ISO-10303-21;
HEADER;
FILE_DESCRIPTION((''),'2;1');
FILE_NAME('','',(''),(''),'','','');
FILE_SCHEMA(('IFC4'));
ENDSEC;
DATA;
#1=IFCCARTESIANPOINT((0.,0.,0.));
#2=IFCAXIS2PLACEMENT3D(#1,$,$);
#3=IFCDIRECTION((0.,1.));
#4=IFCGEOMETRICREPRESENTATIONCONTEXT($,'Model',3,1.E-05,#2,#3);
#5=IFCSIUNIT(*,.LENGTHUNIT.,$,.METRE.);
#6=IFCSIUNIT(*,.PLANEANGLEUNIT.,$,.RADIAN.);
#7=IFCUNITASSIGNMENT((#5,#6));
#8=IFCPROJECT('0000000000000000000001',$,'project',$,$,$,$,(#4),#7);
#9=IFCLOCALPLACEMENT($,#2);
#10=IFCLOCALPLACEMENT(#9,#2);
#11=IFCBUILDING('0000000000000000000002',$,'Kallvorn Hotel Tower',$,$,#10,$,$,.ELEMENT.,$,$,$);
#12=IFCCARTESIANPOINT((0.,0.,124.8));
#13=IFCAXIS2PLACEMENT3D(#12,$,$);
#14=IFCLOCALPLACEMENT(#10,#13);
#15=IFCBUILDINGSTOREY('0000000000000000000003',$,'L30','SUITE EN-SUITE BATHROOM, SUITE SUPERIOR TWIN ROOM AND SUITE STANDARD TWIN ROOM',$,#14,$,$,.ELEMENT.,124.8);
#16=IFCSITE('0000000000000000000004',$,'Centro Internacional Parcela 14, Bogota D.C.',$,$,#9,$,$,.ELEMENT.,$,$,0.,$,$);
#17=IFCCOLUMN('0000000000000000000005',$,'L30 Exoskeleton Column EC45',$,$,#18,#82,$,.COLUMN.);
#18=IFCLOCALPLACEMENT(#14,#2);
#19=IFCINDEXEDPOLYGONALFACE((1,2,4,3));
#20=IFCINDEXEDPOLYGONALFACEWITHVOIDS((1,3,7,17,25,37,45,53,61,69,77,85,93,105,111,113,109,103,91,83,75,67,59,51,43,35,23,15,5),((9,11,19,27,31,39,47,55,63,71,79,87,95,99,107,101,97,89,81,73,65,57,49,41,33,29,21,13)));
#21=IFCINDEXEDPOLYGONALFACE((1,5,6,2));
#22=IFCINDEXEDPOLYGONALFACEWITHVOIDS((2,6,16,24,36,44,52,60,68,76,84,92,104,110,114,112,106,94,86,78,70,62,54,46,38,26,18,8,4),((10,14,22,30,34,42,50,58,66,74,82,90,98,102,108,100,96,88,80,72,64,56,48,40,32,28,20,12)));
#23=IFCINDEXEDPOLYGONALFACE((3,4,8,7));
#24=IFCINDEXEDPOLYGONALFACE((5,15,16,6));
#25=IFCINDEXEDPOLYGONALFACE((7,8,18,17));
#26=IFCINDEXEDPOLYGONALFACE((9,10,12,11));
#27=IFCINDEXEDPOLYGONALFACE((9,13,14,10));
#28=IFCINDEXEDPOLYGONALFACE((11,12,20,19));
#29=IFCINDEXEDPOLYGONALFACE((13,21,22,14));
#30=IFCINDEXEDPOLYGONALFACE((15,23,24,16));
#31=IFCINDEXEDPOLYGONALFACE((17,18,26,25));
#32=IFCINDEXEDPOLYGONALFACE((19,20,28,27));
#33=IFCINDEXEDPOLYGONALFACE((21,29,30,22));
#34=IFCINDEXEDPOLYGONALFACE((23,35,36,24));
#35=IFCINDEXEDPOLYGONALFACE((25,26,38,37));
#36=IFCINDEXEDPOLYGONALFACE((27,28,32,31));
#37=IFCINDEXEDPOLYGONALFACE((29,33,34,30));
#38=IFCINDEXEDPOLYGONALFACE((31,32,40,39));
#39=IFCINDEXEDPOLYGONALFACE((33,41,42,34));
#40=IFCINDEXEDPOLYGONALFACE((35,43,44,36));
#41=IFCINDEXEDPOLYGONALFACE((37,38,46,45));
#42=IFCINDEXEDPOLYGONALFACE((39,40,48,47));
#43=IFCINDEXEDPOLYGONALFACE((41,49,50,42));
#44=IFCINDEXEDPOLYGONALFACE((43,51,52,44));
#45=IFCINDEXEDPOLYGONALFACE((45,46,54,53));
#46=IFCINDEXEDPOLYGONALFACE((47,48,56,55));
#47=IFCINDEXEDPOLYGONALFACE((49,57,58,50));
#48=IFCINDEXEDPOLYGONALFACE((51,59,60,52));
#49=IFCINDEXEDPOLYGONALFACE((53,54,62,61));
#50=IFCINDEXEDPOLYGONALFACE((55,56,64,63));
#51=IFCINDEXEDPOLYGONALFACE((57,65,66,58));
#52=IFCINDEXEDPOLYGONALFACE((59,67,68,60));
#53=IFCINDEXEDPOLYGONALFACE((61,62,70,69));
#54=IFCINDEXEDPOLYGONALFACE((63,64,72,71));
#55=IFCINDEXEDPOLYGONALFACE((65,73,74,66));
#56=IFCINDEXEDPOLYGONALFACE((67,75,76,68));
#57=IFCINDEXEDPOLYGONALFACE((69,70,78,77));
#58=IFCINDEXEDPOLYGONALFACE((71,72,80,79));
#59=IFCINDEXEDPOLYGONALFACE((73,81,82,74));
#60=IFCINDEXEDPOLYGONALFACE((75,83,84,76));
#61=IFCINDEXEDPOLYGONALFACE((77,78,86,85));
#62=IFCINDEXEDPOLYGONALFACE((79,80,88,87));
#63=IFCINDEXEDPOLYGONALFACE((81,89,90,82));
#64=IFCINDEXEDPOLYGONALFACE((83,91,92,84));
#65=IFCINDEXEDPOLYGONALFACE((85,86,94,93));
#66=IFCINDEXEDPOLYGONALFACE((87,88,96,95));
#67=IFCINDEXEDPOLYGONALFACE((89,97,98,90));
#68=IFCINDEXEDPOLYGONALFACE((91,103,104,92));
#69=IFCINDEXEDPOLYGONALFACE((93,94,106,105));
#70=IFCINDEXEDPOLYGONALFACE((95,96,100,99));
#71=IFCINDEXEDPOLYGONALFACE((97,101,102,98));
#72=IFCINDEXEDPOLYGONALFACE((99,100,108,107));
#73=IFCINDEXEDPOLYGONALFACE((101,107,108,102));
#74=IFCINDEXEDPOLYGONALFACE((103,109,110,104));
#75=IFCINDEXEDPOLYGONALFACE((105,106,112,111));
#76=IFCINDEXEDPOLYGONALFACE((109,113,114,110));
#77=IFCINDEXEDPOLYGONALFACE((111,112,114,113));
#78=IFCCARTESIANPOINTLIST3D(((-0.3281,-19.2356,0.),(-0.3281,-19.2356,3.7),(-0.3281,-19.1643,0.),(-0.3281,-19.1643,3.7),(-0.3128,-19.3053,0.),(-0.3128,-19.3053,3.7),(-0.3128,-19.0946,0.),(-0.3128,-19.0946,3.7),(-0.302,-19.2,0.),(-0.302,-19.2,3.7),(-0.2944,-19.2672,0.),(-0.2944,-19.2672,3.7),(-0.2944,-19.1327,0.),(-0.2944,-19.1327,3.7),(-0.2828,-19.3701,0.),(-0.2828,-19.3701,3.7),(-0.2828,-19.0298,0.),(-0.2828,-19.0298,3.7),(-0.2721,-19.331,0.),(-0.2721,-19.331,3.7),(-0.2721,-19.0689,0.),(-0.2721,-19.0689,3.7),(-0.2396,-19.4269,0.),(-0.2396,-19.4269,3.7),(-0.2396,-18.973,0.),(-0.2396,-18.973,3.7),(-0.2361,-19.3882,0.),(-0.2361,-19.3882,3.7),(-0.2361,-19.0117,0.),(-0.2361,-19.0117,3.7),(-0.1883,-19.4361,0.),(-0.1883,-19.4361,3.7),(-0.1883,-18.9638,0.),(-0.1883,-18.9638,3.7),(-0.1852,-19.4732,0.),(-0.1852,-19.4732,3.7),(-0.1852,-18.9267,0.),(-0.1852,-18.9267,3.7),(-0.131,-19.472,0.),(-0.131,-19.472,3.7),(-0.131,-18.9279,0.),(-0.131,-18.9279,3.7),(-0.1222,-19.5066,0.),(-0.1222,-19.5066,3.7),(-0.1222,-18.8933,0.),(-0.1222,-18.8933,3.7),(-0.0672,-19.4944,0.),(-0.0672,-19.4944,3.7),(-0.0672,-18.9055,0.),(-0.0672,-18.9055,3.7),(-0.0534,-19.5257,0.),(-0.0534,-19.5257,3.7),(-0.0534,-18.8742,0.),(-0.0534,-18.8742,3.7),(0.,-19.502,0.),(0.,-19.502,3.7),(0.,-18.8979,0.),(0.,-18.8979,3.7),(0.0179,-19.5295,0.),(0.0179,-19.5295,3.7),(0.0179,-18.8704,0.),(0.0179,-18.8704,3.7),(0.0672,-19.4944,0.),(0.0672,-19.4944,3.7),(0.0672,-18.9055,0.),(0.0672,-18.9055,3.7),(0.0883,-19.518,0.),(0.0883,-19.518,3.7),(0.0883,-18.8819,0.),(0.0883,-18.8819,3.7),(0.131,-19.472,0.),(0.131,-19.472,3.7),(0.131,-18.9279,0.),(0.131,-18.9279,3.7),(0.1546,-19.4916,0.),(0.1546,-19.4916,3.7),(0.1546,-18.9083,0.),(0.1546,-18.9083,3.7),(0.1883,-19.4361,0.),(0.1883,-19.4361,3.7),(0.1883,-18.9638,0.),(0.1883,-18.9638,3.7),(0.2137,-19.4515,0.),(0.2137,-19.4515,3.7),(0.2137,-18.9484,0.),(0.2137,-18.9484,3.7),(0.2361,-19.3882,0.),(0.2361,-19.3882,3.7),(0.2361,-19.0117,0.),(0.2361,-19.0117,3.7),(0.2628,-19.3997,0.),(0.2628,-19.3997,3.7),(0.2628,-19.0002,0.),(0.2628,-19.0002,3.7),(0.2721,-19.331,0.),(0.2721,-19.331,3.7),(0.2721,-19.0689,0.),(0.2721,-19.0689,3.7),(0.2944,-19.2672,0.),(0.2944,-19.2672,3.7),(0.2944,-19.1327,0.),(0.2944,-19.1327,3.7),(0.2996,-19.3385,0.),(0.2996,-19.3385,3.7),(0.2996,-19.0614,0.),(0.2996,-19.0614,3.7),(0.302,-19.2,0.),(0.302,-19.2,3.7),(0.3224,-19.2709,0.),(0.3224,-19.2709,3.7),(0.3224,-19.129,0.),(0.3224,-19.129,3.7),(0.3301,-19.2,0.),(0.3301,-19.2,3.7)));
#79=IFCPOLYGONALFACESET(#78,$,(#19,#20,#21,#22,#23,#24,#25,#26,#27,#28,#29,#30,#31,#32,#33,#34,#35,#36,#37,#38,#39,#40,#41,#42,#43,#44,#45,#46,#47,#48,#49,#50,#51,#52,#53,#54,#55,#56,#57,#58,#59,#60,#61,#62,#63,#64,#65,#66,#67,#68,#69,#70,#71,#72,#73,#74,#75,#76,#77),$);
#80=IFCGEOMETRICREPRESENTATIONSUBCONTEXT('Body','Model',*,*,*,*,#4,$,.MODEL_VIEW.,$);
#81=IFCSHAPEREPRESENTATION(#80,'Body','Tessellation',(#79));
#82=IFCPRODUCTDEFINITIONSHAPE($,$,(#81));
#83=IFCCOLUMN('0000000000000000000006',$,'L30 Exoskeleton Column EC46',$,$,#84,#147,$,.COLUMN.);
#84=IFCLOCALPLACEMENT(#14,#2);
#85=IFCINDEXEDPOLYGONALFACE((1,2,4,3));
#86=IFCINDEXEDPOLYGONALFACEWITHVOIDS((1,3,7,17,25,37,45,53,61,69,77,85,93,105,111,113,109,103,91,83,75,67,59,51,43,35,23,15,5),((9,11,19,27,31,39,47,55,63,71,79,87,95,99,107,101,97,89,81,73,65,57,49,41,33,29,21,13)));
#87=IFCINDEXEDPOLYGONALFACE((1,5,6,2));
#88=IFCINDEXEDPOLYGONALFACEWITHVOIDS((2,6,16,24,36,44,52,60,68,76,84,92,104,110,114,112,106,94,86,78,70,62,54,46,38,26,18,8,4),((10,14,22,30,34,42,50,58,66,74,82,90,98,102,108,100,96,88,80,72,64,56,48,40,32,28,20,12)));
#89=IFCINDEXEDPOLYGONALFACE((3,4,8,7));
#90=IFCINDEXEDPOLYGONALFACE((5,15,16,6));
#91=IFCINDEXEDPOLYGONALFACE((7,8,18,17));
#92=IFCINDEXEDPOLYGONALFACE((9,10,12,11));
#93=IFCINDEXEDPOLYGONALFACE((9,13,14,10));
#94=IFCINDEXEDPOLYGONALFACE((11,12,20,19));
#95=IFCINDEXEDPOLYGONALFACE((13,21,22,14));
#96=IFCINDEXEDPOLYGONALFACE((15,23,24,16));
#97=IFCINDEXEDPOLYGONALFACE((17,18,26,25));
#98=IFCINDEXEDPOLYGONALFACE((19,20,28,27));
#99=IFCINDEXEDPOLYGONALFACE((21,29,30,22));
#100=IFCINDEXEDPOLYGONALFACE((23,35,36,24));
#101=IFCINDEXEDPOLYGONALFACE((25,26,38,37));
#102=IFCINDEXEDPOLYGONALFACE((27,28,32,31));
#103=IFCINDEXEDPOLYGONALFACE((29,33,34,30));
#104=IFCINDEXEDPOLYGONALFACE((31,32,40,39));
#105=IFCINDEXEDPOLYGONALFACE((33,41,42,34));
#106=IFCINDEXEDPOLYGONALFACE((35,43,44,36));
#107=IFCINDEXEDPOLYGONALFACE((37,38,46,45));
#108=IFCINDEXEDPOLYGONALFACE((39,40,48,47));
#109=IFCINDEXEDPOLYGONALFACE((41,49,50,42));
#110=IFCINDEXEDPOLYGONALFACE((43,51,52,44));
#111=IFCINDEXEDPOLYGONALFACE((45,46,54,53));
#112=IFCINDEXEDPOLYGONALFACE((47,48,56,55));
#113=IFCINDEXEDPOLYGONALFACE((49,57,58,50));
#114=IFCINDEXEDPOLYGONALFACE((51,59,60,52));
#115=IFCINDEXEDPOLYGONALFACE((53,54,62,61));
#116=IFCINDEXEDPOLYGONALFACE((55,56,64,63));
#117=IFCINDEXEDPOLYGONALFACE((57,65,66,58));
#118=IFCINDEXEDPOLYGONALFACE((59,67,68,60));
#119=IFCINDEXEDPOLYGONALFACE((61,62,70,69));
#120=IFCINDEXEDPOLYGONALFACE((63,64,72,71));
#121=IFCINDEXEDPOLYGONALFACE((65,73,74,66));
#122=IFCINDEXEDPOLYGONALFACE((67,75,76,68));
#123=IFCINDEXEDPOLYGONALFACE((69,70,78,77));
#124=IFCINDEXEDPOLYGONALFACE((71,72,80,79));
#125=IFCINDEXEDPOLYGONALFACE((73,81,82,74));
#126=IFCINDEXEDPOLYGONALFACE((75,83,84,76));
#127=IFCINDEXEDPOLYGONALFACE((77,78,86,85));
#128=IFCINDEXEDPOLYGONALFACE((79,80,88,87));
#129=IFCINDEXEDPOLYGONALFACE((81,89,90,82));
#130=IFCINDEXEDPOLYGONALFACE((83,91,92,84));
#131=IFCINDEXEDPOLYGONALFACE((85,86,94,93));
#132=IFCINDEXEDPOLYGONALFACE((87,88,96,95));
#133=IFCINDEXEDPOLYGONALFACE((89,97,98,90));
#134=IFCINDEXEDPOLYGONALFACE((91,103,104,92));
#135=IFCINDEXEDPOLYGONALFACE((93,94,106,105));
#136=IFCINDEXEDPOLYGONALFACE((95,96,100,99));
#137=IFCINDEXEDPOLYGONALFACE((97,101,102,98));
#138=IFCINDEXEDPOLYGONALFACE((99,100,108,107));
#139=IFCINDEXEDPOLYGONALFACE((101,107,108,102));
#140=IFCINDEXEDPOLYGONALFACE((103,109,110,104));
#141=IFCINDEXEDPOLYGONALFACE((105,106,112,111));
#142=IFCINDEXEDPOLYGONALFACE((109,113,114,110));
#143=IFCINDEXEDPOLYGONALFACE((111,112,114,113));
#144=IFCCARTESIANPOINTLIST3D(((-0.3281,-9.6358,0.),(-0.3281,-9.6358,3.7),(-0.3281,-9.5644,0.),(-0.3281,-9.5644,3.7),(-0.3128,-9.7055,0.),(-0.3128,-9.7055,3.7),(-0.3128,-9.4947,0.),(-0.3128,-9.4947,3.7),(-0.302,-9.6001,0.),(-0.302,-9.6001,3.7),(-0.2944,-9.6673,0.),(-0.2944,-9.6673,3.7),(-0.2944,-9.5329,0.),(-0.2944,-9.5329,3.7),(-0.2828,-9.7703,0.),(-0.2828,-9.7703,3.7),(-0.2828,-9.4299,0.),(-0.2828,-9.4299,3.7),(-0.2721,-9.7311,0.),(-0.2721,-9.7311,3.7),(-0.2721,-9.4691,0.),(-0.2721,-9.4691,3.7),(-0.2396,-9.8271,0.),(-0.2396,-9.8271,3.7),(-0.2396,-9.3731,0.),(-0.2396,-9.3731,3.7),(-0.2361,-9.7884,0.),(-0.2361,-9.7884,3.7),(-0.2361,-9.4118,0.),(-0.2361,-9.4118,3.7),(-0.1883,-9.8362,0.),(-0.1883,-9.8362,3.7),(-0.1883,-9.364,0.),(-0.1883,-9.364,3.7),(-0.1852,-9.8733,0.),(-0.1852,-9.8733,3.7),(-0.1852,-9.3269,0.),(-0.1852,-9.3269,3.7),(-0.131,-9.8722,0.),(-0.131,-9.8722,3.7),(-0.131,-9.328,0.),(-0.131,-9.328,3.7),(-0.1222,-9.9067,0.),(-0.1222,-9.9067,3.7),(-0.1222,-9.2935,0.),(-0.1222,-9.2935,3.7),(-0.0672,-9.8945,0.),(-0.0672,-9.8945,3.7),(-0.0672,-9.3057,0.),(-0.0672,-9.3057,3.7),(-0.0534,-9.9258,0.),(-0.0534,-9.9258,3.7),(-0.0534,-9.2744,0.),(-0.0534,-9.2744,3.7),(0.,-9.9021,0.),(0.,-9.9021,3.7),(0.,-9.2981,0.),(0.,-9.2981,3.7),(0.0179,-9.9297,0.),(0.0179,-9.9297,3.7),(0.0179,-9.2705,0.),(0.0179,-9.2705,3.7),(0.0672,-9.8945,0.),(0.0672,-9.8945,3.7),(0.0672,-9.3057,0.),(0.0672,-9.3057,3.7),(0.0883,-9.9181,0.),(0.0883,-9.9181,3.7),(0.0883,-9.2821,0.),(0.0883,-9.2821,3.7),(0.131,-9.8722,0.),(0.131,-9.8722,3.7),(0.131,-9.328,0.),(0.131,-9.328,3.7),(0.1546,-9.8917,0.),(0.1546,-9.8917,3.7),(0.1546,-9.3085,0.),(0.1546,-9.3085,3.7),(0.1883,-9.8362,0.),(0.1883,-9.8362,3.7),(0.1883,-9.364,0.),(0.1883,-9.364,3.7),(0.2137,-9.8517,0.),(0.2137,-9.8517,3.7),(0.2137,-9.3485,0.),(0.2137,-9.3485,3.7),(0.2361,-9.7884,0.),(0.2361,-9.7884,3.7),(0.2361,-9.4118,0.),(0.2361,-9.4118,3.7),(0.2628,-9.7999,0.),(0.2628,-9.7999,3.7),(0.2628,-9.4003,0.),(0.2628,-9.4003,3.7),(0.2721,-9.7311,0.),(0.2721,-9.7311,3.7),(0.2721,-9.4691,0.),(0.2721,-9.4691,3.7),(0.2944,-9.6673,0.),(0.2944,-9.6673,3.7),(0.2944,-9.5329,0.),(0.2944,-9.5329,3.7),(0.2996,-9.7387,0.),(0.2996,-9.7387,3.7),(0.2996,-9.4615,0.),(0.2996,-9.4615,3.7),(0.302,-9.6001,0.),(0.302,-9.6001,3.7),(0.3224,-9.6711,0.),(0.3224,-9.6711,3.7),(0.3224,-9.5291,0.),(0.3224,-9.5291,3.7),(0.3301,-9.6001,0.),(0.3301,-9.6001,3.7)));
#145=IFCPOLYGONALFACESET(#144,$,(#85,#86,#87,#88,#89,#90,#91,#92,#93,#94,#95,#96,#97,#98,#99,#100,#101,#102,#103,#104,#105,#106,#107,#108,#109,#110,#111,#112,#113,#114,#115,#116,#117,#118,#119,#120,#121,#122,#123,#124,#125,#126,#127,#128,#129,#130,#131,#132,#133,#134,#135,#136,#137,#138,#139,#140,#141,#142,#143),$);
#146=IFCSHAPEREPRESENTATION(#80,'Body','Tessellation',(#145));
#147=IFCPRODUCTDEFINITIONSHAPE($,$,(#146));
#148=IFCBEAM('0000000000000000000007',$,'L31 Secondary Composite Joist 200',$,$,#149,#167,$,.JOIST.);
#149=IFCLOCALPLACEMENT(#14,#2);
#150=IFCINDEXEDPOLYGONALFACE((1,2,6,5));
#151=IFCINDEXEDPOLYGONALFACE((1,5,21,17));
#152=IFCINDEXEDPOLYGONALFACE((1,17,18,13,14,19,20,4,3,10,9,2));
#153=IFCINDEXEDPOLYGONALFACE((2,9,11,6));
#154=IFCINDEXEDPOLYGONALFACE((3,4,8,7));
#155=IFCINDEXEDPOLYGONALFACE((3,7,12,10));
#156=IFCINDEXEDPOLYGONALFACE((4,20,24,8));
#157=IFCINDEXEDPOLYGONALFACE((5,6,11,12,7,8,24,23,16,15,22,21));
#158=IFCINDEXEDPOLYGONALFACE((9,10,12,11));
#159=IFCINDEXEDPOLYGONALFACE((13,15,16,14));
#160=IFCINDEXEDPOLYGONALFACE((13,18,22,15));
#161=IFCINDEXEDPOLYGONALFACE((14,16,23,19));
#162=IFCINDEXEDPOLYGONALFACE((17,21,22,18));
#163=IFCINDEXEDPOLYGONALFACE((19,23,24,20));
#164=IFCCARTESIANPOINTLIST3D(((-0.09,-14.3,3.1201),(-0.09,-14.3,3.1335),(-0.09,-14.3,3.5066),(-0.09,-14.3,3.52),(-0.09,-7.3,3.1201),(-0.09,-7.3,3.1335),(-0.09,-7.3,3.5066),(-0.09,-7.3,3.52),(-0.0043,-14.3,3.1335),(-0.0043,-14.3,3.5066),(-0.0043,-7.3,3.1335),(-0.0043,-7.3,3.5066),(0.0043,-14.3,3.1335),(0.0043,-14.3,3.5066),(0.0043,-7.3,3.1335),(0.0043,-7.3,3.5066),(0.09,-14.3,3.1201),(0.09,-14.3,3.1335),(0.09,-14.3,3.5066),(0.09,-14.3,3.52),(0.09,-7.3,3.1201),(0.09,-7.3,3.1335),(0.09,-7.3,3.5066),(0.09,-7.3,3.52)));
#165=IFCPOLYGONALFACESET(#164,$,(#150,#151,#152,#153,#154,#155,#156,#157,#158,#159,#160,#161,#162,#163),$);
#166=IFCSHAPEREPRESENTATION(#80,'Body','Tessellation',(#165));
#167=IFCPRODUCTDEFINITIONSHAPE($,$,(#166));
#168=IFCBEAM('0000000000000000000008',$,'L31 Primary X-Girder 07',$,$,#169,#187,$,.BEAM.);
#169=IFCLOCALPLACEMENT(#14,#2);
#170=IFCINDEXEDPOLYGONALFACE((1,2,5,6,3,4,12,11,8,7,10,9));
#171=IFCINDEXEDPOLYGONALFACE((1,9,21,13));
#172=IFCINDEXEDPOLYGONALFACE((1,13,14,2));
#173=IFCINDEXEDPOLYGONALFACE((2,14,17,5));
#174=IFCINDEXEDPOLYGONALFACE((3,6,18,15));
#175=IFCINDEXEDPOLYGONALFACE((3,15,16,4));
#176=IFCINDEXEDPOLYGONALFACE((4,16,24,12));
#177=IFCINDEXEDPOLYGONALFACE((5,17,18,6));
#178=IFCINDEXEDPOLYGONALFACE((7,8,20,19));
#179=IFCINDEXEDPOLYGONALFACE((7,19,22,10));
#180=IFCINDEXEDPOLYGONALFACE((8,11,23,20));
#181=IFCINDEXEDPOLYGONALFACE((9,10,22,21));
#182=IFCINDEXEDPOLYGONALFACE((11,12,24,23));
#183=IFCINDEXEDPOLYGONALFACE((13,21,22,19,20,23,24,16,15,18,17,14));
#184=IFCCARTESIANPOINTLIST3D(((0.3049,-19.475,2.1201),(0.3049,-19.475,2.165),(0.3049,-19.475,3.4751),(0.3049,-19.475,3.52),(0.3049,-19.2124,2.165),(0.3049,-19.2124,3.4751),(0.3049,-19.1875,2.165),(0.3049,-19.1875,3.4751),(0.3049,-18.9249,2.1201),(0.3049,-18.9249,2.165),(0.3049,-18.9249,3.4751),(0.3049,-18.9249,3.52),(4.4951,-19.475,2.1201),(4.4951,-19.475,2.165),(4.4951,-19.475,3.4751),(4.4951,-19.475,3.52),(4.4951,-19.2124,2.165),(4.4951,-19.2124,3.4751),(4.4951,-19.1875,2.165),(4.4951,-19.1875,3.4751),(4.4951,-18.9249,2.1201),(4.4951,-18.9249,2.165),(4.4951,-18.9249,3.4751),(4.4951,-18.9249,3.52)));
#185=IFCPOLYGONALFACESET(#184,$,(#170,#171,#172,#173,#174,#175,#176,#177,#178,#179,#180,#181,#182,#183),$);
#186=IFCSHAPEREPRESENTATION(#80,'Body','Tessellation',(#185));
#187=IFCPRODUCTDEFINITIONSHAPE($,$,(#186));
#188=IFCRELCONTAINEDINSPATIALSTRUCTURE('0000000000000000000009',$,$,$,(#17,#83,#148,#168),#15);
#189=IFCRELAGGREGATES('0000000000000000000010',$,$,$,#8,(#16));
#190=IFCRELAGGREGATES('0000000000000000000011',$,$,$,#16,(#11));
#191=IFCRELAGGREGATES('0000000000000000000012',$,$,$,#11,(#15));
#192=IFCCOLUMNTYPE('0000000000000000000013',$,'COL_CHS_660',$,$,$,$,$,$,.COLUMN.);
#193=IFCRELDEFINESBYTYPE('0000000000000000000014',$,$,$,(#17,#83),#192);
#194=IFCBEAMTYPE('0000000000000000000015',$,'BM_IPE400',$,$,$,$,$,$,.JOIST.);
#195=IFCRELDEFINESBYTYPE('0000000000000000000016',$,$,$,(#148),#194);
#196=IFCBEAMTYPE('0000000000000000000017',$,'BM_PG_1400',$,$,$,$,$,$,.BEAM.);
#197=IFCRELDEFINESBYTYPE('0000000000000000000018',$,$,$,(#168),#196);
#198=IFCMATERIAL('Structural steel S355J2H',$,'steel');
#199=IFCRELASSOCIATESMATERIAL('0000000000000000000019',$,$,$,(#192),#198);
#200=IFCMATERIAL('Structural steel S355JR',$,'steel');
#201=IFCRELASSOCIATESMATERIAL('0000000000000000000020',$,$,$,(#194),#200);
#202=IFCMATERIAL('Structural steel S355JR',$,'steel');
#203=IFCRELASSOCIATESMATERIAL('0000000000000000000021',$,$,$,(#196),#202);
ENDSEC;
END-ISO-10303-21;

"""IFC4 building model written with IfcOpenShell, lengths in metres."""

from ifc_helpers import new_model, si_unit, direction, frame, origin, origin_2d, place, context, subcontext, project, spatial, hollow_circle, i_section, extrude, material, material_profile, profile_set, type_object, element, save


model = new_model("IFC4")

# Units and contexts
model_context = context("Model", 3, precision=1e-05, world=origin(), true_north=direction((0.0, 1.0)))
body_context = subcontext(model_context, "Body", "Model", "MODEL_VIEW")
ifc_project = project(units=[si_unit("LENGTHUNIT", "METRE"), si_unit("PLANEANGLEUNIT", "RADIAN")], contexts=[model_context])

# Site, building, storey
site_placement = place(None, origin())
site = spatial("IfcSite", under=ifc_project, at=site_placement, Name="Centro Internacional Parcela 14, Bogota D.C.", CompositionType="ELEMENT", RefElevation=0.0)
building_placement = place(site_placement, origin())
building = spatial("IfcBuilding", under=site, at=building_placement, Name="Kallvorn Hotel Tower", CompositionType="ELEMENT")
storey_placement = place(building_placement, frame((0.0, 0.0, 124.8)))
storey = spatial("IfcBuildingStorey", under=building, at=storey_placement, Name="L30", Description="SUITE EN-SUITE BATHROOM, SUITE SUPERIOR TWIN ROOM AND SUITE STANDARD TWIN ROOM", CompositionType="ELEMENT", Elevation=124.8)

# Columns
ifc_material_1 = material(Name="Structural steel S355J2H", Category="steel")
ifc_material_profile_1 = material_profile(ifc_material_1, hollow_circle(Radius=0.3301, WallThickness=0.0281, at=origin_2d()), Name="CHS 660x28")
ifc_profile_set_1 = profile_set([ifc_material_profile_1], Name="Structural steel S355J2H")
column_type = type_object("IfcColumnType", Name="COL_CHS_660", PredefinedType="COLUMN", material=ifc_profile_set_1)
for number, where, z_axis, x_axis, name in (
    (1, (0.0, -19.2, 0.0), (0.0, 0.0, 1.0), (1.0, 0.0, 0.0), "L30 Exoskeleton Column EC45"),
    (2, (0.0, -9.6001, 0.0), (0.0, 0.0, 1.0), (1.0, 0.0, 0.0), "L30 Exoskeleton Column EC46"),
):
    element("IfcColumn", number, at=place(storey_placement, frame(where, z_axis=z_axis, x_axis=x_axis)), inside=storey, type_object=column_type, Name=name, PredefinedType="COLUMN", context=body_context, shape_type="SweptSolid", body=[
        extrude(hollow_circle(Radius=0.3301, WallThickness=0.0281, at=origin_2d()), origin(), (0.0, 0.0, 1.0), 3.7),
    ])

# Beams
ifc_material_2 = material(Name="Structural steel S355JR", Category="steel")
ifc_material_profile_2 = material_profile(ifc_material_2, i_section(OverallWidth=0.1799, OverallDepth=0.3999, WebThickness=0.0085, FlangeThickness=0.0134, at=origin_2d()), Name="IPE 400")
ifc_profile_set_2 = profile_set([ifc_material_profile_2], Name="Structural steel S355JR")
beam_type_1 = type_object("IfcBeamType", Name="BM_IPE400", PredefinedType="JOIST", material=ifc_profile_set_2)
beam_1_placement = place(storey_placement, frame((0.0, -14.3, 3.3201), z_axis=(0.0, 1.0, 0.0), x_axis=(-1.0, 0.0, 0.0)))
element("IfcBeam", 3, at=beam_1_placement, inside=storey, type_object=beam_type_1, Name="L31 Secondary Composite Joist 200", PredefinedType="JOIST", context=body_context, shape_type="SweptSolid", body=[
    extrude(i_section(OverallWidth=0.1799, OverallDepth=0.3999, WebThickness=0.0085, FlangeThickness=0.0134, at=origin_2d()), origin(), (0.0, 0.0, 1.0), 7.0),
])
ifc_material_3 = material(Name="Structural steel S355JR", Category="steel")
ifc_material_profile_3 = material_profile(ifc_material_3, i_section(OverallWidth=0.55, OverallDepth=1.3999, WebThickness=0.0249, FlangeThickness=0.0449, at=origin_2d()), Name="PG 1400x550x25x45")
ifc_profile_set_3 = profile_set([ifc_material_profile_3], Name="Structural steel S355JR")
beam_type_2 = type_object("IfcBeamType", Name="BM_PG_1400", PredefinedType="BEAM", material=ifc_profile_set_3)
beam_2_placement = place(storey_placement, frame((0.3049, -19.2, 2.8201), z_axis=(1.0, 0.0, 0.0), x_axis=(0.0, 1.0, 0.0)))
element("IfcBeam", 4, at=beam_2_placement, inside=storey, type_object=beam_type_2, Name="L31 Primary X-Girder 07", PredefinedType="BEAM", context=body_context, shape_type="SweptSolid", body=[
    extrude(i_section(OverallWidth=0.55, OverallDepth=1.3999, WebThickness=0.0249, FlangeThickness=0.0449, at=origin_2d()), origin(), (0.0, 0.0, 1.0), 4.1902),
])

save(model, "model.ifc")
